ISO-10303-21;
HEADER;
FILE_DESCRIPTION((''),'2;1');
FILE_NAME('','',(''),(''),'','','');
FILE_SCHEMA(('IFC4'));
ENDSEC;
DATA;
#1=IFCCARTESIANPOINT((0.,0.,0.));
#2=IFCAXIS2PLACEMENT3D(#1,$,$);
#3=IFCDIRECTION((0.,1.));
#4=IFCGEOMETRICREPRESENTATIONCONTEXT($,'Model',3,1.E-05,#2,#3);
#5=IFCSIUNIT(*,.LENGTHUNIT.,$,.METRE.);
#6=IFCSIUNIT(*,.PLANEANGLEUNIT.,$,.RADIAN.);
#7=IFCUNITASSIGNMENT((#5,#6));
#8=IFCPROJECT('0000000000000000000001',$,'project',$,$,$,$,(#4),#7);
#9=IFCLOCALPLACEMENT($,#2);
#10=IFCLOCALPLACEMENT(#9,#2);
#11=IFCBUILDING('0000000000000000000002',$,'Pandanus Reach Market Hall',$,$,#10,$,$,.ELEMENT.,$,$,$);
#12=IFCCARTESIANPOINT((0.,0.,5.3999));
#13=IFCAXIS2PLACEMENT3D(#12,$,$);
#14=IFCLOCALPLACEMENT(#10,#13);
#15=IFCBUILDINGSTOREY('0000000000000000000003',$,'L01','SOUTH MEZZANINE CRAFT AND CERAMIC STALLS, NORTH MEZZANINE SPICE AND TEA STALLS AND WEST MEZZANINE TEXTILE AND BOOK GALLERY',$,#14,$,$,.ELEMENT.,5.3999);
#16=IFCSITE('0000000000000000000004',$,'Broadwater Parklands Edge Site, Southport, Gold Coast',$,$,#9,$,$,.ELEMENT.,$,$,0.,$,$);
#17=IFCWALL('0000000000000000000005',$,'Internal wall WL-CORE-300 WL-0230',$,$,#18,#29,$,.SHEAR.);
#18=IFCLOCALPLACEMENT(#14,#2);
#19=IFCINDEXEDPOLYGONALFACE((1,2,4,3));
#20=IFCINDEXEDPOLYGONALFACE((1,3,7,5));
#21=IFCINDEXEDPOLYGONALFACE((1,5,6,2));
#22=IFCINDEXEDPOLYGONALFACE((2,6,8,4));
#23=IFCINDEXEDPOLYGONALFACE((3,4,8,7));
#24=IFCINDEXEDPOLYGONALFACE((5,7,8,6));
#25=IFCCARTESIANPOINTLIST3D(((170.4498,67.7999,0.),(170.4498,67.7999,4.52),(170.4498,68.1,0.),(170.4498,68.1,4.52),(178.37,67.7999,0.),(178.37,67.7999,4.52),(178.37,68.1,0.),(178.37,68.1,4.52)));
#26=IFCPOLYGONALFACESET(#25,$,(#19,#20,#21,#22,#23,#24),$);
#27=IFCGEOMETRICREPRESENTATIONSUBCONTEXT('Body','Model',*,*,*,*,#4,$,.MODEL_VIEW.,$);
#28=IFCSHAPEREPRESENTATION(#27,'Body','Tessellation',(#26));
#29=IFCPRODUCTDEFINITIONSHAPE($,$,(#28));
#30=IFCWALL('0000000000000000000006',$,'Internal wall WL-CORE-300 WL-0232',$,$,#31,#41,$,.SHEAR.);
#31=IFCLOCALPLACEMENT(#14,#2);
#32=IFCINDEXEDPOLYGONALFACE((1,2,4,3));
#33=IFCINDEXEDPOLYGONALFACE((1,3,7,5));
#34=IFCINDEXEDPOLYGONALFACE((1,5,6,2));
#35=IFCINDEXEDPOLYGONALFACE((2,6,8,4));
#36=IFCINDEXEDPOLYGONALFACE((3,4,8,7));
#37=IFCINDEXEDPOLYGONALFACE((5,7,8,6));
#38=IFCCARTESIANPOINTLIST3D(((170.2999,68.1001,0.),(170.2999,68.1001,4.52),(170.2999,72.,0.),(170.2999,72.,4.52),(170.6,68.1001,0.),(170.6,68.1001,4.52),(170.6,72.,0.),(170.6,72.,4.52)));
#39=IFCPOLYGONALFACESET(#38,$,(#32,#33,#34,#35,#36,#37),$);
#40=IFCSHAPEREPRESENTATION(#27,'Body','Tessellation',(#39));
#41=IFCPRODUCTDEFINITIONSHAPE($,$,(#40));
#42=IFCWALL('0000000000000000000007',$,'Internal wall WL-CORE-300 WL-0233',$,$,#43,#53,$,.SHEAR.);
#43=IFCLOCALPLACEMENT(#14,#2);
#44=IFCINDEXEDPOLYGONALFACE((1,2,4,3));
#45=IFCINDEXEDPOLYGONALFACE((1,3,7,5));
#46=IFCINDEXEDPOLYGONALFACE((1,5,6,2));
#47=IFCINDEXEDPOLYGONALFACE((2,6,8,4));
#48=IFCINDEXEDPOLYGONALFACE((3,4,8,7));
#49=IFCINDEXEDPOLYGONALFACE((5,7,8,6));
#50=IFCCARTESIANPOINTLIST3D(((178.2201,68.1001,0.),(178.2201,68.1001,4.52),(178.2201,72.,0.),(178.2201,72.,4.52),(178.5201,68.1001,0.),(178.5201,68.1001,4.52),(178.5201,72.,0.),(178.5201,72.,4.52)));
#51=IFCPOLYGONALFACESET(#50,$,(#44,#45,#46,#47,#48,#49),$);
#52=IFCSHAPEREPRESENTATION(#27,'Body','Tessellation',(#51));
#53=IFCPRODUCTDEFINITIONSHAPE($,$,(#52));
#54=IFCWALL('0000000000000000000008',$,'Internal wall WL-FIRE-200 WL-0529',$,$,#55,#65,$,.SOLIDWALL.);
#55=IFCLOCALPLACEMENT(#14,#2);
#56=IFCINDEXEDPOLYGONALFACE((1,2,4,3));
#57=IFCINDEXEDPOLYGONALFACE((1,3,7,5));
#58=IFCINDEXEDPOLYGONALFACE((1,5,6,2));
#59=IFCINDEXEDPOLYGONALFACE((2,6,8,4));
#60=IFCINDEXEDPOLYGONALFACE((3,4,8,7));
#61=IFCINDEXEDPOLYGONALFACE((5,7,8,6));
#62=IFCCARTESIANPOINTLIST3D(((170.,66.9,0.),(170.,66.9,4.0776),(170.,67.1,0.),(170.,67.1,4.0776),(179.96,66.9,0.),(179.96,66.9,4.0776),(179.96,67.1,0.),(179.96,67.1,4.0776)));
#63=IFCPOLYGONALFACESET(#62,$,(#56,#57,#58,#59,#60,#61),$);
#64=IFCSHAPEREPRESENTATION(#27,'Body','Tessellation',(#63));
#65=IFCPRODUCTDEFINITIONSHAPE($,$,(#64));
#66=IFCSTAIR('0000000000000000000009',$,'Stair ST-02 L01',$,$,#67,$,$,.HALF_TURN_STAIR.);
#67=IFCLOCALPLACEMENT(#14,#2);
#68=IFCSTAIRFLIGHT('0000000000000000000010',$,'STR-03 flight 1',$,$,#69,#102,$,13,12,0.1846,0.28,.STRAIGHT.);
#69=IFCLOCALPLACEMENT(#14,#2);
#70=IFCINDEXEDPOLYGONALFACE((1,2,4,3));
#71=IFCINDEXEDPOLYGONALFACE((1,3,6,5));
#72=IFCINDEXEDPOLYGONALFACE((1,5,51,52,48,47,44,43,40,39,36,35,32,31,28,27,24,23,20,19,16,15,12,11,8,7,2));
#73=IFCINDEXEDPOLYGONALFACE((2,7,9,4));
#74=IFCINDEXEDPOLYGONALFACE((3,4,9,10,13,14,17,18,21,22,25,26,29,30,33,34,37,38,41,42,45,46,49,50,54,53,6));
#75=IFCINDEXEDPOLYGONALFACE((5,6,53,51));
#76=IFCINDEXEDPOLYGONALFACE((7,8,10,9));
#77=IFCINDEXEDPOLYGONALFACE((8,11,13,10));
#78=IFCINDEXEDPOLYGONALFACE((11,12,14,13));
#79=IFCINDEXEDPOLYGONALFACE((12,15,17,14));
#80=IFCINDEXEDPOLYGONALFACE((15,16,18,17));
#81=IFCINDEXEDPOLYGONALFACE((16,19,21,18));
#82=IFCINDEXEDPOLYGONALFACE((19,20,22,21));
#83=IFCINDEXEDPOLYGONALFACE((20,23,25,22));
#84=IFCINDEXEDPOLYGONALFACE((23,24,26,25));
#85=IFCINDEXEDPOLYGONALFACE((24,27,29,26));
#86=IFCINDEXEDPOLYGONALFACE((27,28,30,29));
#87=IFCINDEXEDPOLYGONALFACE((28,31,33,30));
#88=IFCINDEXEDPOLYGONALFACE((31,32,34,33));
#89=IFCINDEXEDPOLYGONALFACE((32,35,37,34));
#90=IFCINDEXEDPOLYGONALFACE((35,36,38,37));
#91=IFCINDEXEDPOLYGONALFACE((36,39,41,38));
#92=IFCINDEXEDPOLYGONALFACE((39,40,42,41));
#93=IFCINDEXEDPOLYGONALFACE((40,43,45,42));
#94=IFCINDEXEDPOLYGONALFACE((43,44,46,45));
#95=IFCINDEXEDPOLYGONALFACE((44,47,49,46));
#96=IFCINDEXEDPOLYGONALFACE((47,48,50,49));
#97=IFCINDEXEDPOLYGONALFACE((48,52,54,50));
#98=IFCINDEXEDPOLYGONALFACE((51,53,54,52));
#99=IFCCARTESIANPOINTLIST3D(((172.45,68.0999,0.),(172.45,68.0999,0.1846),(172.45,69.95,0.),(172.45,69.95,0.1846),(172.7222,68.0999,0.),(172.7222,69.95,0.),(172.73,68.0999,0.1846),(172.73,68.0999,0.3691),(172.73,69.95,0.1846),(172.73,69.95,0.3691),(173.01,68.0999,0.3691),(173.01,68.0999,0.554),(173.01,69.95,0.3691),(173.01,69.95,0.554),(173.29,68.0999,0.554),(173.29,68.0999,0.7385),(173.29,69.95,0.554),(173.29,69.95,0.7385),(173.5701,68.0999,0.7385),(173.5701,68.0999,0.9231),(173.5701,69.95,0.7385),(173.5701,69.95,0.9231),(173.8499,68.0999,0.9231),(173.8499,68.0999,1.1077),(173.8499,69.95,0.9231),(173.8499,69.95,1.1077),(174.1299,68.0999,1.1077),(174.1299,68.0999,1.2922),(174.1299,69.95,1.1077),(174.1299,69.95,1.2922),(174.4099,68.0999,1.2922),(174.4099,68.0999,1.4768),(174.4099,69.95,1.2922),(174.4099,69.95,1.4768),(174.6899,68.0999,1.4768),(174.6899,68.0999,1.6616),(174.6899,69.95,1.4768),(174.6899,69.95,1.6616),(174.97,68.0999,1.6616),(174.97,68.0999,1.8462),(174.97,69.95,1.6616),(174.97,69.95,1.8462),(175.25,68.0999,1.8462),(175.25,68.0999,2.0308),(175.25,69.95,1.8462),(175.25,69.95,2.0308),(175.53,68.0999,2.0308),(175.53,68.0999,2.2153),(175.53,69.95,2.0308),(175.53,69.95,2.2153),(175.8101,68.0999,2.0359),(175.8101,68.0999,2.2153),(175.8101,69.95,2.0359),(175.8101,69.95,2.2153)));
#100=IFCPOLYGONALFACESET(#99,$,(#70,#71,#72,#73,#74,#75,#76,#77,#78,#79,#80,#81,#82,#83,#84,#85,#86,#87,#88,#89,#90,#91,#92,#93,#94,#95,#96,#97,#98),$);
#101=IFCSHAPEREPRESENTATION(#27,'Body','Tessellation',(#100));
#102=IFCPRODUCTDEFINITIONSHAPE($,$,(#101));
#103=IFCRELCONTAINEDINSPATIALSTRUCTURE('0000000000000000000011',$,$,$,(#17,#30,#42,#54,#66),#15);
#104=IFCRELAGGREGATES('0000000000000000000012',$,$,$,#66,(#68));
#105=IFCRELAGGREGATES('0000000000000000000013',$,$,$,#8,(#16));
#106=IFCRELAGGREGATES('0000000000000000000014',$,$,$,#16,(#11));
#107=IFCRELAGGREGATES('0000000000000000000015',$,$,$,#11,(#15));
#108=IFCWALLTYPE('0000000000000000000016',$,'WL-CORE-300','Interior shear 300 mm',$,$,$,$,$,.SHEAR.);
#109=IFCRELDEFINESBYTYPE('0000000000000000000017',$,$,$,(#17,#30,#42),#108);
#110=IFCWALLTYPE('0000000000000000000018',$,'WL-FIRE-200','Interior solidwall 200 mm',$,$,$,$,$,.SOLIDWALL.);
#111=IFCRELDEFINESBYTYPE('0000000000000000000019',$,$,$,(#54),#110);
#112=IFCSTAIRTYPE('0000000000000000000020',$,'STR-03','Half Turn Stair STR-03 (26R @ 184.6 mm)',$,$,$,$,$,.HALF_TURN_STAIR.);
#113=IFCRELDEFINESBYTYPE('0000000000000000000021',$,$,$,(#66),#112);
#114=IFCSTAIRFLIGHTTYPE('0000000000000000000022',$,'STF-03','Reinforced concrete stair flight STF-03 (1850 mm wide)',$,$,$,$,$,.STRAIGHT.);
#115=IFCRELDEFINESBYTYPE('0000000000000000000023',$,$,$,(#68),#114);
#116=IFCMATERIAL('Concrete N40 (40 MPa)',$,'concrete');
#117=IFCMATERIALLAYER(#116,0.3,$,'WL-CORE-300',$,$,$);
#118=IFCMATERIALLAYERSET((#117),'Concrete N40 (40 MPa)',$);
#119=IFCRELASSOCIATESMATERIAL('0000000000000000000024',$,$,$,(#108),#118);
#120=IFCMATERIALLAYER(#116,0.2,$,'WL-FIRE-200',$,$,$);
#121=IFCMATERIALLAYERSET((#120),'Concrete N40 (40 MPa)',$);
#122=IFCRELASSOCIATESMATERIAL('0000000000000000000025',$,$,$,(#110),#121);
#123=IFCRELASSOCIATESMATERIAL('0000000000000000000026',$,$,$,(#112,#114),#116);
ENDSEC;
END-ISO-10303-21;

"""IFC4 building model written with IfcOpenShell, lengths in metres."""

from ifc_helpers import new_model, si_unit, direction, frame, frame_2d, origin, place, context, subcontext, project, spatial, polyline, rectangle, outline, extrude, material, layer, layer_set, type_object, element, aggregate, save


model = new_model("IFC4")

# Units and contexts
model_context = context("Model", 3, precision=1e-05, world=origin(), true_north=direction((0.0, 1.0)))
body_context = subcontext(model_context, "Body", "Model", "MODEL_VIEW")
ifc_project = project(units=[si_unit("LENGTHUNIT", "METRE"), si_unit("PLANEANGLEUNIT", "RADIAN")], contexts=[model_context])

# Site, building, storey
site_placement = place(None, origin())
site = spatial("IfcSite", under=ifc_project, at=site_placement, Name="Broadwater Parklands Edge Site, Southport, Gold Coast", CompositionType="ELEMENT", RefElevation=0.0)
building_placement = place(site_placement, origin())
building = spatial("IfcBuilding", under=site, at=building_placement, Name="Pandanus Reach Market Hall", CompositionType="ELEMENT")
storey_placement = place(building_placement, frame((0.0, 0.0, 5.3999)))
storey = spatial("IfcBuildingStorey", under=building, at=storey_placement, Name="L01", Description="SOUTH MEZZANINE CRAFT AND CERAMIC STALLS, NORTH MEZZANINE SPICE AND TEA STALLS AND WEST MEZZANINE TEXTILE AND BOOK GALLERY", CompositionType="ELEMENT", Elevation=5.3999)

# Walls
ifc_material_1 = material(Name="Concrete N40 (40 MPa)", Category="concrete")
ifc_layer_1 = layer(ifc_material_1, 0.3, Name="WL-CORE-300")
ifc_layer_set_1 = layer_set([ifc_layer_1], Name="Concrete N40 (40 MPa)")
wall_type_1 = type_object("IfcWallType", Name="WL-CORE-300", Description="Interior shear 300 mm", PredefinedType="SHEAR", material=ifc_layer_set_1)
wall_1_placement = place(storey_placement, frame((170.45, 67.95, 0.0), z_axis=(0.0, 0.0, 1.0), x_axis=(1.0, 0.0, 0.0)))
element("IfcWall", 1, at=wall_1_placement, inside=storey, type_object=wall_type_1, Name="Internal wall WL-CORE-300 WL-0230", PredefinedType="SHEAR", context=body_context, shape_type="SweptSolid", body=[
    extrude(rectangle(XDim=7.9202, YDim=0.3, at=frame_2d((3.96, 0.0))), origin(), (0.0, 0.0, 1.0), 4.52),
])
for number, where, z_axis, x_axis, name in (
    (2, (170.45, 68.1001, 0.0), (0.0, 0.0, 1.0), (0.0, 1.0, 0.0), "Internal wall WL-CORE-300 WL-0232"),
    (3, (178.3701, 68.1001, 0.0), (0.0, 0.0, 1.0), (0.0, 1.0, 0.0), "Internal wall WL-CORE-300 WL-0233"),
):
    element("IfcWall", number, at=place(storey_placement, frame(where, z_axis=z_axis, x_axis=x_axis)), inside=storey, type_object=wall_type_1, Name=name, PredefinedType="SHEAR", context=body_context, shape_type="SweptSolid", body=[
        extrude(rectangle(XDim=3.8999, YDim=0.3, at=frame_2d((1.95, 0.0))), origin(), (0.0, 0.0, 1.0), 4.52),
    ])
ifc_layer_2 = layer(ifc_material_1, 0.2, Name="WL-FIRE-200")
ifc_layer_set_2 = layer_set([ifc_layer_2], Name="Concrete N40 (40 MPa)")
wall_type_2 = type_object("IfcWallType", Name="WL-FIRE-200", Description="Interior solidwall 200 mm", PredefinedType="SOLIDWALL", material=ifc_layer_set_2)
wall_2_placement = place(storey_placement, frame((170.0, 67.0, 0.0), z_axis=(0.0, 0.0, 1.0), x_axis=(1.0, 0.0, 0.0)))
element("IfcWall", 4, at=wall_2_placement, inside=storey, type_object=wall_type_2, Name="Internal wall WL-FIRE-200 WL-0529", PredefinedType="SOLIDWALL", context=body_context, shape_type="SweptSolid", body=[
    extrude(rectangle(XDim=9.96, YDim=0.2, at=frame_2d((4.98, 0.0))), origin(), (0.0, 0.0, 1.0), 4.0776),
])

# Stair, stair flight
stair_type = type_object("IfcStairType", Name="STR-03", Description="Half Turn Stair STR-03 (26R @ 184.6 mm)", PredefinedType="HALF_TURN_STAIR", material=ifc_material_1)
stair_placement = place(storey_placement, origin())
stair = element("IfcStair", 5, at=stair_placement, inside=storey, type_object=stair_type, Name="Stair ST-02 L01", PredefinedType="HALF_TURN_STAIR")
stair_flight_type = type_object("IfcStairFlightType", Name="STF-03", Description="Reinforced concrete stair flight STF-03 (1850 mm wide)", PredefinedType="STRAIGHT", material=ifc_material_1)
stair_flight_placement = place(storey_placement, frame((172.45, 69.0249, 0.0), z_axis=(0.0, 0.0, 1.0), x_axis=(1.0, 0.0, 0.0)))
stair_flight = element("IfcStairFlight", 6, at=stair_flight_placement, type_object=stair_flight_type, Name="STR-03 flight 1", NumberOfRisers=13, NumberOfTreads=12, PredefinedType="STRAIGHT", RiserHeight=0.1846, TreadLength=0.28, context=body_context, shape_type="SweptSolid", body=[
    extrude(outline(polyline([(0.0, 0.0), (0.0, 0.1846), (0.28, 0.1846), (0.28, 0.3691), (0.5601, 0.3691), (0.5601, 0.554), (0.8401, 0.554), (0.8401, 0.7385), (1.1201, 0.7385), (1.1201, 0.9231), (1.3999, 0.9231), (1.3999, 1.1077), (1.6799, 1.1077), (1.6799, 1.2922), (1.96, 1.2922), (1.96, 1.4768), (2.24, 1.4768), (2.24, 1.6616), (2.52, 1.6616), (2.52, 1.8462), (2.8, 1.8462), (2.8, 2.0308), (3.0801, 2.0308), (3.0801, 2.2153), (3.3601, 2.2153), (3.3601, 2.3999), (3.3601, 2.0359), (0.2722, 0.0), (0.0, 0.0)])), frame((0.0, 0.925, 0.0), z_axis=(0.0, -1.0, 0.0), x_axis=(1.0, 0.0, 0.0)), (0.0, 0.0, 1.0), 1.8501),
])
aggregate(stair, [stair_flight])

save(model, "model.ifc")
